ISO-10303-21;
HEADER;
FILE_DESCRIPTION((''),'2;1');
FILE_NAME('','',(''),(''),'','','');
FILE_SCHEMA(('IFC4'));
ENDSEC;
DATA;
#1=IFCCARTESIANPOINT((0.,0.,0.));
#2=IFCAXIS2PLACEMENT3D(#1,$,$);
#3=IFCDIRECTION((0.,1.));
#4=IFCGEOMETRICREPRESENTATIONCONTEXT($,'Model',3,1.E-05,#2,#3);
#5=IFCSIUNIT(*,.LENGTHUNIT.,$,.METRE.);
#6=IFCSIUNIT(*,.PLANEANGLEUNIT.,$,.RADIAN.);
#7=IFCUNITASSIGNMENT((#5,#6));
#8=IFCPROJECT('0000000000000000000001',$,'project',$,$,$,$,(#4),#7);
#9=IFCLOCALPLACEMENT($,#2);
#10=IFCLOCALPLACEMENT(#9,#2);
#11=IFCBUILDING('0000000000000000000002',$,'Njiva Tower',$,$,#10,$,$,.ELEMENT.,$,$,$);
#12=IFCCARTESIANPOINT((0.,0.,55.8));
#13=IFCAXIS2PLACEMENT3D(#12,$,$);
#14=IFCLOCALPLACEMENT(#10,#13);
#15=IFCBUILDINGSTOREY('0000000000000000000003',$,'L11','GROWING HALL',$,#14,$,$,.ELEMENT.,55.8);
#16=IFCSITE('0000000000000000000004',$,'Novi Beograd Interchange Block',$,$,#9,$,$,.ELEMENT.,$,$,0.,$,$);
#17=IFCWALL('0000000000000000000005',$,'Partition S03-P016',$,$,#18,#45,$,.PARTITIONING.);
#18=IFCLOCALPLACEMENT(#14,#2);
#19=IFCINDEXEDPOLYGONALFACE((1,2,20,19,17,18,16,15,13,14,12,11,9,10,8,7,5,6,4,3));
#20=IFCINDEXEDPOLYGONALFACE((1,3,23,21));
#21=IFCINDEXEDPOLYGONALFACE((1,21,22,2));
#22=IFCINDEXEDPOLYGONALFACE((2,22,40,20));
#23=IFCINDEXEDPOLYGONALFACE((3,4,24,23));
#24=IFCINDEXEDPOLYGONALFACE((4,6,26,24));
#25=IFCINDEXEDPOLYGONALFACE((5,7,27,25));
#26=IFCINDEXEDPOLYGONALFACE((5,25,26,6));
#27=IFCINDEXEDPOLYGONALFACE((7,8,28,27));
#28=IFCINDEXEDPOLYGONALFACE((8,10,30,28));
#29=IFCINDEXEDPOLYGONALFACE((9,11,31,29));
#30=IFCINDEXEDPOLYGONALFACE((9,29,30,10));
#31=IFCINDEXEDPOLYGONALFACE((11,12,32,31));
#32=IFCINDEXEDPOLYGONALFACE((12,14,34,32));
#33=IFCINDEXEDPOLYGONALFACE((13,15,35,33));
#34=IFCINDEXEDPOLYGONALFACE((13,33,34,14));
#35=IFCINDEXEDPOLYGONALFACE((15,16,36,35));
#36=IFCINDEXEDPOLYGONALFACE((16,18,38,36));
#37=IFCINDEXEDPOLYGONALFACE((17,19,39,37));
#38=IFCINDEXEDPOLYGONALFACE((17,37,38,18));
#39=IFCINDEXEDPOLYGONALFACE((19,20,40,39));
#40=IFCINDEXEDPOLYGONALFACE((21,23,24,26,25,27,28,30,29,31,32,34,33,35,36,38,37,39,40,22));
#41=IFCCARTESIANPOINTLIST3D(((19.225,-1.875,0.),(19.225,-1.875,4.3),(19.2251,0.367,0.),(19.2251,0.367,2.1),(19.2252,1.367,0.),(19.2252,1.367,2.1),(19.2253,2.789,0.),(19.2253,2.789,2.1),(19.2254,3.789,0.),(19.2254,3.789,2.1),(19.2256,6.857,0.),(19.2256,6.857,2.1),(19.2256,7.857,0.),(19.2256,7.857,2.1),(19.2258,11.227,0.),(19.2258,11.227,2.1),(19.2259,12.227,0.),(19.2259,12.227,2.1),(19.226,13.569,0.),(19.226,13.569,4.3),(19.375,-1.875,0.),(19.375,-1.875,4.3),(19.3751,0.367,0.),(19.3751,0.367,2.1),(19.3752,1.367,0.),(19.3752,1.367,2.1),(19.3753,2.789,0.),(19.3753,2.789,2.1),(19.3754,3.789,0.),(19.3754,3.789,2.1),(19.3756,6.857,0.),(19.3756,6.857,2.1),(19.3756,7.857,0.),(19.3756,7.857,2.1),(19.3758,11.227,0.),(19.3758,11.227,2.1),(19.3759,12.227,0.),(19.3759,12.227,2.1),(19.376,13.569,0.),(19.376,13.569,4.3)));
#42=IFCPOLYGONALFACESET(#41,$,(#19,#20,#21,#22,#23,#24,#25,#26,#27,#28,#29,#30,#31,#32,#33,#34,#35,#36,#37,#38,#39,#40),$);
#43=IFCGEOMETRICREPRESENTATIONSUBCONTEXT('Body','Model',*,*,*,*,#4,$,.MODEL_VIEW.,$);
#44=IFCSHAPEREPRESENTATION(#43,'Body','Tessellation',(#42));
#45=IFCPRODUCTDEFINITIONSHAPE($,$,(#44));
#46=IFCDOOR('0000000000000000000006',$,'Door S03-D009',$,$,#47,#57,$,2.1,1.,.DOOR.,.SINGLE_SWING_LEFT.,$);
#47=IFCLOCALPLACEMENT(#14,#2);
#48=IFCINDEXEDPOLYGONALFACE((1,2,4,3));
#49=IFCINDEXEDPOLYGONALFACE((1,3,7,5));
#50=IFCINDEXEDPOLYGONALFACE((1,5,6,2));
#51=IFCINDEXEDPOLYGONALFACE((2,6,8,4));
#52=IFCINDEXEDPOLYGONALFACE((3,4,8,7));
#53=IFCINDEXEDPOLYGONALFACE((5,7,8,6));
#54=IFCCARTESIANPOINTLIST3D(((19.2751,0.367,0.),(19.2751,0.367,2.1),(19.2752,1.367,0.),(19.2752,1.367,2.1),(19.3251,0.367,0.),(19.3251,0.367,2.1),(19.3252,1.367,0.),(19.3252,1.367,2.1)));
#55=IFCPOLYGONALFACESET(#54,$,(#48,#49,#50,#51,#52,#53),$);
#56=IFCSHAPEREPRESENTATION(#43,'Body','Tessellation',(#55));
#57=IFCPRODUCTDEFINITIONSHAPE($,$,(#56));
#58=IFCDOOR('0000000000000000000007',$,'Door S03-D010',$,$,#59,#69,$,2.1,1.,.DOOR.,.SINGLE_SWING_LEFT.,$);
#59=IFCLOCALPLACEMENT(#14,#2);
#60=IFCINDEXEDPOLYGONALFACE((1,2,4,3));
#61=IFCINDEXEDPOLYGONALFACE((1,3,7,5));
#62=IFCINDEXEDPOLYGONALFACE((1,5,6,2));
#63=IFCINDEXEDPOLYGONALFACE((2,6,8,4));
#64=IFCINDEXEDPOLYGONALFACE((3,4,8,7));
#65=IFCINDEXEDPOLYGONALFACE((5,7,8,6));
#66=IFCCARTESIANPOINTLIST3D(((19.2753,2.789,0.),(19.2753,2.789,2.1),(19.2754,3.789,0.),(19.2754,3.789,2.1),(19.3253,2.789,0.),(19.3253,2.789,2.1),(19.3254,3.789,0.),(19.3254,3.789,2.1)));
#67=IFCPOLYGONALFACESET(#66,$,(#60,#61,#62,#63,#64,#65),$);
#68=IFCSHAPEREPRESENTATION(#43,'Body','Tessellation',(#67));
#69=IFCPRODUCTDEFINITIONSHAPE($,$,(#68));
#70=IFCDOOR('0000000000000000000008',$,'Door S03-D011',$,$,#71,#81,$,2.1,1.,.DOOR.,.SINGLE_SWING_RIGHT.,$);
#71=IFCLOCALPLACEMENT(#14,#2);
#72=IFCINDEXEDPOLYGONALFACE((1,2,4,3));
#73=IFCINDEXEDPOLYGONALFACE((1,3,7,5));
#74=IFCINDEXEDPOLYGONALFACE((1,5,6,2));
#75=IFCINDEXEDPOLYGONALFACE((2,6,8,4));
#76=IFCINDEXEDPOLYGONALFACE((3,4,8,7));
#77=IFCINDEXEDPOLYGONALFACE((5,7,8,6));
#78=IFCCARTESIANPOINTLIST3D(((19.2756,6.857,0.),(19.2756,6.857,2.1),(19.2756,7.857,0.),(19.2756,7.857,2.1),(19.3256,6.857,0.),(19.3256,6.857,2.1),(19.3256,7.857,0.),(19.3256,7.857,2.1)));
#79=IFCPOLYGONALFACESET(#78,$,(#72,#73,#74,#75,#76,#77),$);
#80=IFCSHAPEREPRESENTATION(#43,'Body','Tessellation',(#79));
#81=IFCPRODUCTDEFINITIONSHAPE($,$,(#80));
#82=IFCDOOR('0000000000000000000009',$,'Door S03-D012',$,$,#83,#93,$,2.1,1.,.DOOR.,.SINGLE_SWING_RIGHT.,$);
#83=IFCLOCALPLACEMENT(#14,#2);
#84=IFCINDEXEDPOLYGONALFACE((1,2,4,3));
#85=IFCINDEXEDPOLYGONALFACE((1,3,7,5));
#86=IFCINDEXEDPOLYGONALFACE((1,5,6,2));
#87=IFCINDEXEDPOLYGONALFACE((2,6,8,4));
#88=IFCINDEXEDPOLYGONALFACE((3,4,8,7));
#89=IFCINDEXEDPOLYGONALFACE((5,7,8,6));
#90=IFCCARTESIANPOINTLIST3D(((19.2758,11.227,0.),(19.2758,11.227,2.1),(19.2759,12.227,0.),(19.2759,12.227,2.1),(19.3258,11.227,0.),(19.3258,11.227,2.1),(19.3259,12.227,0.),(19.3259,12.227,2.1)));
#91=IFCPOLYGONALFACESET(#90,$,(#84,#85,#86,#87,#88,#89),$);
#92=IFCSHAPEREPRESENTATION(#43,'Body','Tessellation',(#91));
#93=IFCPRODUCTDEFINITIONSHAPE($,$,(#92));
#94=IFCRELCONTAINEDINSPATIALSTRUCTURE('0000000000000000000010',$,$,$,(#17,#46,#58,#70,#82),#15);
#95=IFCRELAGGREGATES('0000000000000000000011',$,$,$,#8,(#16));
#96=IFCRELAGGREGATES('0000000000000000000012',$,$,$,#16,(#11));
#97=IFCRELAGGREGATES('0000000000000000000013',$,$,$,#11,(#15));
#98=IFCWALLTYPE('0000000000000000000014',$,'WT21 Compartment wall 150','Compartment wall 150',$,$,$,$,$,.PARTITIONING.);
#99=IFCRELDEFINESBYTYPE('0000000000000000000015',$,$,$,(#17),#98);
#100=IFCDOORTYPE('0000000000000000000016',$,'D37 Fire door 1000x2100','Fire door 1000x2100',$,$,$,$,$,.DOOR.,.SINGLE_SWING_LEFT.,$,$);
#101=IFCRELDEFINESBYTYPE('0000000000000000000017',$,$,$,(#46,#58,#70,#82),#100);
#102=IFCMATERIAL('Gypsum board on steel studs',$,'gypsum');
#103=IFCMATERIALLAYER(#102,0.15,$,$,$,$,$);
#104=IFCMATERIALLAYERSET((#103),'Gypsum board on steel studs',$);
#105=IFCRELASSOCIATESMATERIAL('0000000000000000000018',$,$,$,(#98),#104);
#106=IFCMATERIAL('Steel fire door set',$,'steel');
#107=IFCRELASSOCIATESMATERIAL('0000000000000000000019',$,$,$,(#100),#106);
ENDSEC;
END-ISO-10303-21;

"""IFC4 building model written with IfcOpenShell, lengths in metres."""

from ifc_helpers import new_model, si_unit, direction, frame, frame_2d, origin, place, context, subcontext, project, spatial, rectangle, extrude, material, layer, layer_set, type_object, element, fill, save


model = new_model("IFC4")

# Units and contexts
model_context = context("Model", 3, precision=1e-05, world=origin(), true_north=direction((0.0, 1.0)))
body_context = subcontext(model_context, "Body", "Model", "MODEL_VIEW")
ifc_project = project(units=[si_unit("LENGTHUNIT", "METRE"), si_unit("PLANEANGLEUNIT", "RADIAN")], contexts=[model_context])

# Site, building, storey
site_placement = place(None, origin())
site = spatial("IfcSite", under=ifc_project, at=site_placement, Name="Novi Beograd Interchange Block", CompositionType="ELEMENT", RefElevation=0.0)
building_placement = place(site_placement, origin())
building = spatial("IfcBuilding", under=site, at=building_placement, Name="Njiva Tower", CompositionType="ELEMENT")
storey_placement = place(building_placement, frame((0.0, 0.0, 55.8)))
storey = spatial("IfcBuildingStorey", under=building, at=storey_placement, Name="L11", Description="GROWING HALL", CompositionType="ELEMENT", Elevation=55.8)

# Shared definitions
ifc_material_1 = material(Name="Gypsum board on steel studs", Category="gypsum")
ifc_layer_1 = layer(ifc_material_1, 0.15)
ifc_layer_set_1 = layer_set([ifc_layer_1], Name="Gypsum board on steel studs")
wall_type_1 = type_object("IfcWallType", Name="WT21 Compartment wall 150", Description="Compartment wall 150", PredefinedType="PARTITIONING", material=ifc_layer_set_1)

# Wall, openings, doors
wall_1_placement = place(storey_placement, frame((19.3, -1.875, 0.0), z_axis=(0.0, 0.0, 1.0), x_axis=(0.000065, 1.0, 0.0)))
wall_1 = element("IfcWall", 1, at=wall_1_placement, inside=storey, type_object=wall_type_1, Name="Partition S03-P016", PredefinedType="PARTITIONING", context=body_context, shape_type="SweptSolid", body=[
    extrude(rectangle(XDim=15.444, YDim=0.15, at=frame_2d((7.722, 0.0))), origin(), (0.0, 0.0, 1.0), 4.3),
])
opening_1_placement = place(wall_1_placement, frame((2.242, 0.0, 0.0)))
opening_1 = element("IfcOpeningElement", 2, at=opening_1_placement, cuts=wall_1, PredefinedType="OPENING", context=body_context, shape_type="SweptSolid", body=[
    extrude(rectangle(XDim=1.0, YDim=2.1, at=frame_2d((0.5, 1.05))), frame((0.0, 0.085, 0.0), z_axis=(0.0, -1.0, 0.0), x_axis=(1.0, 0.0, 0.0)), (0.0, 0.0, 1.0), 0.17),
])
opening_2_placement = place(wall_1_placement, frame((4.664, 0.0, 0.0)))
opening_2 = element("IfcOpeningElement", 3, at=opening_2_placement, cuts=wall_1, PredefinedType="OPENING", context=body_context, shape_type="SweptSolid", body=[
    extrude(rectangle(XDim=1.0, YDim=2.1, at=frame_2d((0.5, 1.05))), frame((0.0, 0.085, 0.0), z_axis=(0.0, -1.0, 0.0), x_axis=(1.0, 0.0, 0.0)), (0.0, 0.0, 1.0), 0.17),
])
opening_3_placement = place(wall_1_placement, frame((8.732, 0.0, 0.0)))
opening_3 = element("IfcOpeningElement", 4, at=opening_3_placement, cuts=wall_1, PredefinedType="OPENING", context=body_context, shape_type="SweptSolid", body=[
    extrude(rectangle(XDim=1.0, YDim=2.1, at=frame_2d((0.5, 1.05))), frame((0.0, 0.085, 0.0), z_axis=(0.0, -1.0, 0.0), x_axis=(1.0, 0.0, 0.0)), (0.0, 0.0, 1.0), 0.17),
])
opening_4_placement = place(wall_1_placement, frame((13.102, 0.0, 0.0)))
opening_4 = element("IfcOpeningElement", 5, at=opening_4_placement, cuts=wall_1, PredefinedType="OPENING", context=body_context, shape_type="SweptSolid", body=[
    extrude(rectangle(XDim=1.0, YDim=2.1, at=frame_2d((0.5, 1.05))), frame((0.0, 0.085, 0.0), z_axis=(0.0, -1.0, 0.0), x_axis=(1.0, 0.0, 0.0)), (0.0, 0.0, 1.0), 0.17),
])
ifc_material_2 = material(Name="Steel fire door set", Category="steel")
door_type = type_object("IfcDoorType", Name="D37 Fire door 1000x2100", Description="Fire door 1000x2100", OperationType="SINGLE_SWING_LEFT", PredefinedType="DOOR", material=ifc_material_2)
door_1_placement = place(opening_1_placement, origin())
door_1 = element("IfcDoor", 6, at=door_1_placement, inside=storey, type_object=door_type, Name="Door S03-D009", OperationType="SINGLE_SWING_LEFT", OverallHeight=2.1, OverallWidth=1.0, PredefinedType="DOOR", context=body_context, shape_type="SweptSolid", body=[
    extrude(rectangle(XDim=1.0, YDim=2.1, at=frame_2d((0.5, 1.05))), frame((0.0, 0.025, 0.0), z_axis=(0.0, -1.0, 0.0), x_axis=(1.0, 0.0, 0.0)), (0.0, 0.0, 1.0), 0.05),
])
fill(opening_1, door_1)
door_2_placement = place(opening_2_placement, origin())
door_2 = element("IfcDoor", 7, at=door_2_placement, inside=storey, type_object=door_type, Name="Door S03-D010", OperationType="SINGLE_SWING_LEFT", OverallHeight=2.1, OverallWidth=1.0, PredefinedType="DOOR", context=body_context, shape_type="SweptSolid", body=[
    extrude(rectangle(XDim=1.0, YDim=2.1, at=frame_2d((0.5, 1.05))), frame((0.0, 0.025, 0.0), z_axis=(0.0, -1.0, 0.0), x_axis=(1.0, 0.0, 0.0)), (0.0, 0.0, 1.0), 0.05),
])
fill(opening_2, door_2)
door_3_placement = place(opening_3_placement, origin())
door_3 = element("IfcDoor", 8, at=door_3_placement, inside=storey, type_object=door_type, Name="Door S03-D011", OperationType="SINGLE_SWING_RIGHT", OverallHeight=2.1, OverallWidth=1.0, PredefinedType="DOOR", context=body_context, shape_type="SweptSolid", body=[
    extrude(rectangle(XDim=1.0, YDim=2.1, at=frame_2d((0.5, 1.05))), frame((0.0, 0.025, 0.0), z_axis=(0.0, -1.0, 0.0), x_axis=(1.0, 0.0, 0.0)), (0.0, 0.0, 1.0), 0.05),
])
fill(opening_3, door_3)
door_4_placement = place(opening_4_placement, origin())
door_4 = element("IfcDoor", 9, at=door_4_placement, inside=storey, type_object=door_type, Name="Door S03-D012", OperationType="SINGLE_SWING_RIGHT", OverallHeight=2.1, OverallWidth=1.0, PredefinedType="DOOR", context=body_context, shape_type="SweptSolid", body=[
    extrude(rectangle(XDim=1.0, YDim=2.1, at=frame_2d((0.5, 1.05))), frame((0.0, 0.025, 0.0), z_axis=(0.0, -1.0, 0.0), x_axis=(1.0, 0.0, 0.0)), (0.0, 0.0, 1.0), 0.05),
])
fill(opening_4, door_4)

save(model, "model.ifc")
